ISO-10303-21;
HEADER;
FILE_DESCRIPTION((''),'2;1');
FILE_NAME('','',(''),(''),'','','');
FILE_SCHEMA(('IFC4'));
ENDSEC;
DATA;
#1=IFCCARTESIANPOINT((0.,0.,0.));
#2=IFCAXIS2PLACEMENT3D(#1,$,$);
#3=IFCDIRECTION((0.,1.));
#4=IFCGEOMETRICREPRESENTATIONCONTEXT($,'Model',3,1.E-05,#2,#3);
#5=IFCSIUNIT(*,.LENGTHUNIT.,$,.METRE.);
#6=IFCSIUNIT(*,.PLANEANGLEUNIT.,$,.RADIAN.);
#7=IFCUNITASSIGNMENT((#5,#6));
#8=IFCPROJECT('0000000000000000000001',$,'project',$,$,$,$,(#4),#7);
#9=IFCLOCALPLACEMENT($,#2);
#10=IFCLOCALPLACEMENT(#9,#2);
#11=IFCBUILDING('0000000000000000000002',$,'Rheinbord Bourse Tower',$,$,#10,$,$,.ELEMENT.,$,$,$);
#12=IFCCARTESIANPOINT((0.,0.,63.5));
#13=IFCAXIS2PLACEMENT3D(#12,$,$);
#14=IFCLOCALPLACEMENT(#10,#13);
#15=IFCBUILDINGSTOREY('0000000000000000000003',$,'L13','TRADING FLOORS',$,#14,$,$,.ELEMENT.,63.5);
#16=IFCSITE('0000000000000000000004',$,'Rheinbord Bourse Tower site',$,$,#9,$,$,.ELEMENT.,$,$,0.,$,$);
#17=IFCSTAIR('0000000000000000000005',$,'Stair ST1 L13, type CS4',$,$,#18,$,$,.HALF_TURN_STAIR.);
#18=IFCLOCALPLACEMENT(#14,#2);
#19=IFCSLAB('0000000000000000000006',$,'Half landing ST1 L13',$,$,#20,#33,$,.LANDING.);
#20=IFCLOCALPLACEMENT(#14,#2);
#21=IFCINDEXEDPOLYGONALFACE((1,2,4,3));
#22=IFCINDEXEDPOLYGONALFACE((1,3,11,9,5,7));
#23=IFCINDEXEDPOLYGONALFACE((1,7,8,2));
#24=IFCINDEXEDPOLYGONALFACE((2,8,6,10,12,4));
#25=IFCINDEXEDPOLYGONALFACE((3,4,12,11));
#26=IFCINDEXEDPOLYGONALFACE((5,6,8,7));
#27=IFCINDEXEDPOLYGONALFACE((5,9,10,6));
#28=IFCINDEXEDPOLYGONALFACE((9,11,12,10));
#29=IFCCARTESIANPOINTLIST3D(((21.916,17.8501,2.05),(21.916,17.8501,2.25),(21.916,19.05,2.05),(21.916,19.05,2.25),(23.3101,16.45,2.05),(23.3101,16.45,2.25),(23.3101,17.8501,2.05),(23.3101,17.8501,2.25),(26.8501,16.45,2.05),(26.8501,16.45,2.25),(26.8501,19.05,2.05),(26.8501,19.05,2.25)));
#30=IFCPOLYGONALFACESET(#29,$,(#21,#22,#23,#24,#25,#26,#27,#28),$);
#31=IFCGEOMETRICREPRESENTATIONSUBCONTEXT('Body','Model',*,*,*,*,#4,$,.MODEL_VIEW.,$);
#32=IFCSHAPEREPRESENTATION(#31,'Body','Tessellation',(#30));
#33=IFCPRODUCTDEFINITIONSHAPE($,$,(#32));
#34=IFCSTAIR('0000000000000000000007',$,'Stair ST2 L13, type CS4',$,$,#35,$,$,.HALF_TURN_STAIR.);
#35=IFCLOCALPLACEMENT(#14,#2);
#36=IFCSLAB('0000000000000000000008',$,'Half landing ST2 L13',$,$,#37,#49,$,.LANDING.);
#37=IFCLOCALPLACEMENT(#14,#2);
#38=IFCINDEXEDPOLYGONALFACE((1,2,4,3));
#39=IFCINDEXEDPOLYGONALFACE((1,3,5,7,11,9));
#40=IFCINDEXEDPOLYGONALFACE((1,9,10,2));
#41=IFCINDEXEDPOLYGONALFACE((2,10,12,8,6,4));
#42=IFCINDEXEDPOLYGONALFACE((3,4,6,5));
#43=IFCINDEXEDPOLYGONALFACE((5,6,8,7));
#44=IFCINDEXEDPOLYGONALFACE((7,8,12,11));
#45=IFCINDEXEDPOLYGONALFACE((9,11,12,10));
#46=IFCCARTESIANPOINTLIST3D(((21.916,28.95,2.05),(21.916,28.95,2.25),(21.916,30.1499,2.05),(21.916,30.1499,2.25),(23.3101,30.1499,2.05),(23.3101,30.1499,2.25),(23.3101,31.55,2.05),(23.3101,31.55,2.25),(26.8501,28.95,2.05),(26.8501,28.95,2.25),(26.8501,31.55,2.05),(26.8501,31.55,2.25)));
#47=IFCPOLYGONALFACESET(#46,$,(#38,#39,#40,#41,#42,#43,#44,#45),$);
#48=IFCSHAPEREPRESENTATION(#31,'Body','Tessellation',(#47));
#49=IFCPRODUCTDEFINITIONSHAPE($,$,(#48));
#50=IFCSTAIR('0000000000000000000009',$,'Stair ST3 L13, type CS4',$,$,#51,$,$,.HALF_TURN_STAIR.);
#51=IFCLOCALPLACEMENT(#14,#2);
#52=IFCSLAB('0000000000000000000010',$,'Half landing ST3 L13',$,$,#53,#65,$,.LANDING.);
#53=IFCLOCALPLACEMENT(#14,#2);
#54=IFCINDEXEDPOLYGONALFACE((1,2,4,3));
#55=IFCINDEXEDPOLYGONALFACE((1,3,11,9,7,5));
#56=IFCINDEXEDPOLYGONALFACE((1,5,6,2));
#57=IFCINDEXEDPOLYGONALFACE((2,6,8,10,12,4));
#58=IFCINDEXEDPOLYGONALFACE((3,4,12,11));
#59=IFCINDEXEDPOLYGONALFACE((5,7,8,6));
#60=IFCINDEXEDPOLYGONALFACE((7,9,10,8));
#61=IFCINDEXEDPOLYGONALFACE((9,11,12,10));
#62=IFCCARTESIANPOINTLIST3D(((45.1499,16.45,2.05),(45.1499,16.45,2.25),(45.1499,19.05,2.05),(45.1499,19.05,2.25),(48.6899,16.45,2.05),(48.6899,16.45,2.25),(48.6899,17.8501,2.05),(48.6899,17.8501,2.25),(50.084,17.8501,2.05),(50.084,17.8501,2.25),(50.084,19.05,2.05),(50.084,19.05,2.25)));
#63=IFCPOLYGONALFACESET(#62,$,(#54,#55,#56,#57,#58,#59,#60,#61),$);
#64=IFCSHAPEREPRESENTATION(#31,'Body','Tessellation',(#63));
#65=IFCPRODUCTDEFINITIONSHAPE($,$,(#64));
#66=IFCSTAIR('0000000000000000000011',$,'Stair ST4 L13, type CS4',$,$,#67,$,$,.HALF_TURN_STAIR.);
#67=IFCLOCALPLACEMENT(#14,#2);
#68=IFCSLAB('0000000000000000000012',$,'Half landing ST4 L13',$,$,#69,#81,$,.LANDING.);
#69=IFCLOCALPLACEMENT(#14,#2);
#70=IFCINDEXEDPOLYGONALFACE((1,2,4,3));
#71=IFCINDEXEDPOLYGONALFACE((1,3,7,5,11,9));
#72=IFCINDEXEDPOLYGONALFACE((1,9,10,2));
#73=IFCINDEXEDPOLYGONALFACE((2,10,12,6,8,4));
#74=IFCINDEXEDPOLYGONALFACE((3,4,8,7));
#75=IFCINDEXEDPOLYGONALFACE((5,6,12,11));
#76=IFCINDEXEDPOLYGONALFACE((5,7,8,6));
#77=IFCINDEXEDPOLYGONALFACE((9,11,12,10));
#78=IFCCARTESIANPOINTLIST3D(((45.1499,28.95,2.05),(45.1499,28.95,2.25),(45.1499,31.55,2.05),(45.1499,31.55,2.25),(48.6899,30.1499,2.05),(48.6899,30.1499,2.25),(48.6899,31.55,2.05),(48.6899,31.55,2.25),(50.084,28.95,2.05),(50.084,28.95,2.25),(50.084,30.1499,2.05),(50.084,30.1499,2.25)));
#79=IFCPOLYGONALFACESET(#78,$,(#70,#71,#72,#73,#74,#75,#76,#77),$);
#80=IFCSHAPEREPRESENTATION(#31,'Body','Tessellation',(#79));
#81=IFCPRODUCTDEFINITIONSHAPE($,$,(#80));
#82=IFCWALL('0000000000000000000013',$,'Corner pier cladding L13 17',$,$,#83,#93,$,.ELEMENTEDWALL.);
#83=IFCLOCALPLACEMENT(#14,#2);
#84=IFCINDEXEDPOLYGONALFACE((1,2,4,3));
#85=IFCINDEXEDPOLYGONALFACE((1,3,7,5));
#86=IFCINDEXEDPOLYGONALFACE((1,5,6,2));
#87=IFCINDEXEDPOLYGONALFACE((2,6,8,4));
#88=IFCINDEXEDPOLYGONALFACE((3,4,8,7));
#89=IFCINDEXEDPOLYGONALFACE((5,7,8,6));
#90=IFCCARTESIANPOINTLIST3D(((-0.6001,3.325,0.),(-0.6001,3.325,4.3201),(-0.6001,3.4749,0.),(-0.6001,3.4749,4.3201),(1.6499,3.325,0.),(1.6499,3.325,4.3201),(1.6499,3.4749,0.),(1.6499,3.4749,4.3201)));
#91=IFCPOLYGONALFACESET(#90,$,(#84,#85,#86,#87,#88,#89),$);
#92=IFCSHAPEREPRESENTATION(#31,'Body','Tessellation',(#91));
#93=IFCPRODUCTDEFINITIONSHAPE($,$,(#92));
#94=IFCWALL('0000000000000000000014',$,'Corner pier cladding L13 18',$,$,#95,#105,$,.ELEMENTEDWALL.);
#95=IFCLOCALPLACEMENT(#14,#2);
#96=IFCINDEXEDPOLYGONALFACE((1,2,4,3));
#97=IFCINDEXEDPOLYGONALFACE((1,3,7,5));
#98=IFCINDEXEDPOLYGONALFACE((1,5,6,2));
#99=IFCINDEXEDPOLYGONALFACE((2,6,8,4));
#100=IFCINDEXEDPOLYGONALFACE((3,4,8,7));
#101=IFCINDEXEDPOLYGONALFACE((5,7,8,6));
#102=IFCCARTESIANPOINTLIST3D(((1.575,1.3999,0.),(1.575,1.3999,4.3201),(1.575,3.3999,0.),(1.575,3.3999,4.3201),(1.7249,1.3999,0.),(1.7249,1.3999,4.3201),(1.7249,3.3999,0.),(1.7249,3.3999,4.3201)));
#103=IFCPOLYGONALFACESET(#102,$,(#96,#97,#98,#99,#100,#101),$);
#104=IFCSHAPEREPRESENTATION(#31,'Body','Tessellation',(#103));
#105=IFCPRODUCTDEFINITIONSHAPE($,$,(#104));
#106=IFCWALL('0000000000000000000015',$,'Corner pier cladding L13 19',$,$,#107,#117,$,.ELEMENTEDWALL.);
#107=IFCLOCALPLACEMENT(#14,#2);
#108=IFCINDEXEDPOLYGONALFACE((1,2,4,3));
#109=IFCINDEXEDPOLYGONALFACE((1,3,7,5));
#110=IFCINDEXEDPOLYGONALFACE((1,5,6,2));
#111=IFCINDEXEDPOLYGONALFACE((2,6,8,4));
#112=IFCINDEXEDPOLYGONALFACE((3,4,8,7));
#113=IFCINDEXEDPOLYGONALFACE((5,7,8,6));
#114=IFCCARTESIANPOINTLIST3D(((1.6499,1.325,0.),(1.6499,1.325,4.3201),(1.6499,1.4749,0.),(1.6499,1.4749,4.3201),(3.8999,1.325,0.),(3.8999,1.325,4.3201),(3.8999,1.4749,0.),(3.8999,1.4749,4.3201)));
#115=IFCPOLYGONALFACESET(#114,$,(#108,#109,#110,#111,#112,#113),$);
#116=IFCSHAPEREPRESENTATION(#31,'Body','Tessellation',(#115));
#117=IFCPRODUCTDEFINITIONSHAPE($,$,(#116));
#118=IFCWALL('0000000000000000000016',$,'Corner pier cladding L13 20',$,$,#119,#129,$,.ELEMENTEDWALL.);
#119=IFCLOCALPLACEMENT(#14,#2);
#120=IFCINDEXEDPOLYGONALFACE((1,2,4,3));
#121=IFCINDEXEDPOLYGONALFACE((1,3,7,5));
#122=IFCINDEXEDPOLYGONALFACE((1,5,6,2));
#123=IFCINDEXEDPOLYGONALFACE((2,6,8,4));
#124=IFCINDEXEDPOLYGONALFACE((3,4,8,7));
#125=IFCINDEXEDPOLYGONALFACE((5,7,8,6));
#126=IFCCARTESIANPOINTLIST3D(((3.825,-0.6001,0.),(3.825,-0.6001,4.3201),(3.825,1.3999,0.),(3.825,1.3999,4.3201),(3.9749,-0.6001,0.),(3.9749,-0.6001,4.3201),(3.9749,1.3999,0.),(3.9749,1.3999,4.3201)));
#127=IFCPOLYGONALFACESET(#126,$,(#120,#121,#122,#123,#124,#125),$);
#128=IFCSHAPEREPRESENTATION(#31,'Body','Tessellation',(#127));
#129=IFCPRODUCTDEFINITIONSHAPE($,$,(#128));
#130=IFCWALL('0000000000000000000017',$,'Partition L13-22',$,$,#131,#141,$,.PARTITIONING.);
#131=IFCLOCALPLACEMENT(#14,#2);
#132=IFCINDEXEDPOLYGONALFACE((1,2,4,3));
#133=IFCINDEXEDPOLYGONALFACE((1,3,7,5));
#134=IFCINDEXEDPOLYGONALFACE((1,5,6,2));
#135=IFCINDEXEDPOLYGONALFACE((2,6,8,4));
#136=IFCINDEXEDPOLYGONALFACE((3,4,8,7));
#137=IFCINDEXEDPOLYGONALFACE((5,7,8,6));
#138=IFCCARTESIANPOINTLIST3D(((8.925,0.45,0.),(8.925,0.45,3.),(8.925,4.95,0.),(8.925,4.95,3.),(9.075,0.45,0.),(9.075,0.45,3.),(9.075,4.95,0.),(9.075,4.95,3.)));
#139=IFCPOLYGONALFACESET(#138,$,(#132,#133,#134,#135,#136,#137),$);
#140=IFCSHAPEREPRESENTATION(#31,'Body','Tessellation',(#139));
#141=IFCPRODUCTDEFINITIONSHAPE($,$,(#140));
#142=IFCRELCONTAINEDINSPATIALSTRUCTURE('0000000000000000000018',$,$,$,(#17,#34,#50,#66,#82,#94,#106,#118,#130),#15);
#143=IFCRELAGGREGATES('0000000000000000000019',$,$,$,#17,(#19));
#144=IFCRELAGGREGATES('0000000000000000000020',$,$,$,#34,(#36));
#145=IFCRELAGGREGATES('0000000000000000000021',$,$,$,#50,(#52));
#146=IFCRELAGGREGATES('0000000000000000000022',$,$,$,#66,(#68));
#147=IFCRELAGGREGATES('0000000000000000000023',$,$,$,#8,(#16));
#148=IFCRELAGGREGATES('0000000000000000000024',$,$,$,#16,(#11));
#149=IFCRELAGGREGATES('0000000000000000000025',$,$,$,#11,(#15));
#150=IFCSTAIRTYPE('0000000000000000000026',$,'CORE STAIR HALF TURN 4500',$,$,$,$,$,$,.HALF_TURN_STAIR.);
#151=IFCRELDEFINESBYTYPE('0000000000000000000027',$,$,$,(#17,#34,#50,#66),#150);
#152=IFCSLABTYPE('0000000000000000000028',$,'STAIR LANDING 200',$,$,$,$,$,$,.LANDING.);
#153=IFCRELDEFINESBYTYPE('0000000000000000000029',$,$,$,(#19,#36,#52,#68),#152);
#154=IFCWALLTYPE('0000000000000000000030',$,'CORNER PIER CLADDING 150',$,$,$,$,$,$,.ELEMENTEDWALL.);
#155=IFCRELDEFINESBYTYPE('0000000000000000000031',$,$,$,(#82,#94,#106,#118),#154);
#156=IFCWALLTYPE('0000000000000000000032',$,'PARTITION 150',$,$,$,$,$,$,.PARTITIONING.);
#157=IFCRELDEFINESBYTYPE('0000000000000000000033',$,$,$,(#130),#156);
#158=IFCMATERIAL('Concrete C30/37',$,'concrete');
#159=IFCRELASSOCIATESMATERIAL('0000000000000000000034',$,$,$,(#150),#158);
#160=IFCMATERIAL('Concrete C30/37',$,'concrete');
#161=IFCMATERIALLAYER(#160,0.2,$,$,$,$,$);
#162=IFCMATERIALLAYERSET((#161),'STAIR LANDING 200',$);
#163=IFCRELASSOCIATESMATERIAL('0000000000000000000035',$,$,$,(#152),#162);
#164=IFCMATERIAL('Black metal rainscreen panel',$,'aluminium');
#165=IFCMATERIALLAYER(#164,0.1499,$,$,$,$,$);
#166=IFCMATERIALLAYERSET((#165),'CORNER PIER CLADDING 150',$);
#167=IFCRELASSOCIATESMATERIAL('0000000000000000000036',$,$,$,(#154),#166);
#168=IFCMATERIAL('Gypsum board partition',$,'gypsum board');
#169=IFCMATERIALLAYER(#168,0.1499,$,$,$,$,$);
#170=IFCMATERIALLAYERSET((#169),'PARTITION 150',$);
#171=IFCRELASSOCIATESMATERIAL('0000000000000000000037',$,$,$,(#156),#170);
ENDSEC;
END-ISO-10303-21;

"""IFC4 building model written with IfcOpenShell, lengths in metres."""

from ifc_helpers import new_model, si_unit, direction, frame, frame_2d, origin, place, context, subcontext, project, spatial, polyline, rectangle, outline, extrude, material, layer, layer_set, type_object, element, aggregate, save


model = new_model("IFC4")

# Units and contexts
model_context = context("Model", 3, precision=1e-05, world=origin(), true_north=direction((0.0, 1.0)))
body_context = subcontext(model_context, "Body", "Model", "MODEL_VIEW")
ifc_project = project(units=[si_unit("LENGTHUNIT", "METRE"), si_unit("PLANEANGLEUNIT", "RADIAN")], contexts=[model_context])

# Site, building, storey
site_placement = place(None, origin())
site = spatial("IfcSite", under=ifc_project, at=site_placement, Name="Rheinbord Bourse Tower site", CompositionType="ELEMENT", RefElevation=0.0)
building_placement = place(site_placement, origin())
building = spatial("IfcBuilding", under=site, at=building_placement, Name="Rheinbord Bourse Tower", CompositionType="ELEMENT")
storey_placement = place(building_placement, frame((0.0, 0.0, 63.5)))
storey = spatial("IfcBuildingStorey", under=building, at=storey_placement, Name="L13", Description="TRADING FLOORS", CompositionType="ELEMENT", Elevation=63.5)

# Stairs, slabs
ifc_material_1 = material(Name="Concrete C30/37", Category="concrete")
stair_type = type_object("IfcStairType", Name="CORE STAIR HALF TURN 4500", PredefinedType="HALF_TURN_STAIR", material=ifc_material_1)
stair_1_placement = place(storey_placement, origin())
stair_1 = element("IfcStair", 1, at=stair_1_placement, inside=storey, type_object=stair_type, Name="Stair ST1 L13, type CS4", PredefinedType="HALF_TURN_STAIR")
ifc_material_2 = material(Name="Concrete C30/37", Category="concrete")
ifc_layer_1 = layer(ifc_material_2, 0.2)
ifc_layer_set_1 = layer_set([ifc_layer_1], Name="STAIR LANDING 200")
slab_type_1 = type_object("IfcSlabType", Name="STAIR LANDING 200", PredefinedType="LANDING", material=ifc_layer_set_1)
slab_1_placement = place(storey_placement, frame((0.0, 0.0, 2.05)))
slab_1 = element("IfcSlab", 2, at=slab_1_placement, type_object=slab_type_1, Name="Half landing ST1 L13", PredefinedType="LANDING", context=body_context, shape_type="SweptSolid", body=[
    extrude(outline(polyline([(23.3101, 16.45), (26.8501, 16.45), (26.8501, 19.05), (21.916, 19.05), (21.916, 17.8501), (23.3101, 17.8501), (23.3101, 16.45)])), origin(), (0.0, 0.0, 1.0), 0.2),
])
aggregate(stair_1, [slab_1])
stair_2_placement = place(storey_placement, origin())
stair_2 = element("IfcStair", 3, at=stair_2_placement, inside=storey, type_object=stair_type, Name="Stair ST2 L13, type CS4", PredefinedType="HALF_TURN_STAIR")
slab_2_placement = place(storey_placement, frame((0.0, 0.0, 2.05)))
slab_2 = element("IfcSlab", 4, at=slab_2_placement, type_object=slab_type_1, Name="Half landing ST2 L13", PredefinedType="LANDING", context=body_context, shape_type="SweptSolid", body=[
    extrude(outline(polyline([(21.916, 28.95), (26.8501, 28.95), (26.8501, 31.55), (23.3101, 31.55), (23.3101, 30.1499), (21.916, 30.1499), (21.916, 28.95)])), origin(), (0.0, 0.0, 1.0), 0.2),
])
aggregate(stair_2, [slab_2])
stair_3_placement = place(storey_placement, origin())
stair_3 = element("IfcStair", 5, at=stair_3_placement, inside=storey, type_object=stair_type, Name="Stair ST3 L13, type CS4", PredefinedType="HALF_TURN_STAIR")
slab_3_placement = place(storey_placement, frame((0.0, 0.0, 2.05)))
slab_3 = element("IfcSlab", 6, at=slab_3_placement, type_object=slab_type_1, Name="Half landing ST3 L13", PredefinedType="LANDING", context=body_context, shape_type="SweptSolid", body=[
    extrude(outline(polyline([(45.1499, 16.45), (48.6899, 16.45), (48.6899, 17.8501), (50.084, 17.8501), (50.084, 19.05), (45.1499, 19.05), (45.1499, 16.45)])), origin(), (0.0, 0.0, 1.0), 0.2),
])
aggregate(stair_3, [slab_3])
stair_4_placement = place(storey_placement, origin())
stair_4 = element("IfcStair", 7, at=stair_4_placement, inside=storey, type_object=stair_type, Name="Stair ST4 L13, type CS4", PredefinedType="HALF_TURN_STAIR")
slab_4_placement = place(storey_placement, frame((0.0, 0.0, 2.05)))
slab_4 = element("IfcSlab", 8, at=slab_4_placement, type_object=slab_type_1, Name="Half landing ST4 L13", PredefinedType="LANDING", context=body_context, shape_type="SweptSolid", body=[
    extrude(outline(polyline([(45.1499, 28.95), (50.084, 28.95), (50.084, 30.1499), (48.6899, 30.1499), (48.6899, 31.55), (45.1499, 31.55), (45.1499, 28.95)])), origin(), (0.0, 0.0, 1.0), 0.2),
])
aggregate(stair_4, [slab_4])

# Walls
ifc_material_3 = material(Name="Black metal rainscreen panel", Category="aluminium")
ifc_layer_2 = layer(ifc_material_3, 0.1499)
ifc_layer_set_2 = layer_set([ifc_layer_2], Name="CORNER PIER CLADDING 150")
wall_type_1 = type_object("IfcWallType", Name="CORNER PIER CLADDING 150", PredefinedType="ELEMENTEDWALL", material=ifc_layer_set_2)
wall_1_placement = place(storey_placement, frame((-0.6001, 3.3999, 0.0), z_axis=(0.0, 0.0, 1.0), x_axis=(1.0, 0.0, 0.0)))
element("IfcWall", 9, at=wall_1_placement, inside=storey, type_object=wall_type_1, Name="Corner pier cladding L13 17", PredefinedType="ELEMENTEDWALL", context=body_context, shape_type="SweptSolid", body=[
    extrude(rectangle(XDim=2.25, YDim=0.1499, at=frame_2d((1.125, 0.0))), origin(), (0.0, 0.0, 1.0), 4.3201),
])
wall_2_placement = place(storey_placement, frame((1.6499, 3.3999, 0.0), z_axis=(0.0, 0.0, 1.0), x_axis=(0.0, -1.0, 0.0)))
element("IfcWall", 10, at=wall_2_placement, inside=storey, type_object=wall_type_1, Name="Corner pier cladding L13 18", PredefinedType="ELEMENTEDWALL", context=body_context, shape_type="SweptSolid", body=[
    extrude(rectangle(XDim=2.0, YDim=0.1499, at=frame_2d((1.0, 0.0))), origin(), (0.0, 0.0, 1.0), 4.3201),
])
wall_3_placement = place(storey_placement, frame((1.6499, 1.3999, 0.0), z_axis=(0.0, 0.0, 1.0), x_axis=(1.0, 0.0, 0.0)))
element("IfcWall", 11, at=wall_3_placement, inside=storey, type_object=wall_type_1, Name="Corner pier cladding L13 19", PredefinedType="ELEMENTEDWALL", context=body_context, shape_type="SweptSolid", body=[
    extrude(rectangle(XDim=2.25, YDim=0.1499, at=frame_2d((1.125, 0.0))), origin(), (0.0, 0.0, 1.0), 4.3201),
])
wall_4_placement = place(storey_placement, frame((3.8999, 1.3999, 0.0), z_axis=(0.0, 0.0, 1.0), x_axis=(0.0, -1.0, 0.0)))
element("IfcWall", 12, at=wall_4_placement, inside=storey, type_object=wall_type_1, Name="Corner pier cladding L13 20", PredefinedType="ELEMENTEDWALL", context=body_context, shape_type="SweptSolid", body=[
    extrude(rectangle(XDim=2.0, YDim=0.1499, at=frame_2d((1.0, 0.0))), origin(), (0.0, 0.0, 1.0), 4.3201),
])
ifc_material_4 = material(Name="Gypsum board partition", Category="gypsum board")
ifc_layer_3 = layer(ifc_material_4, 0.1499)
ifc_layer_set_3 = layer_set([ifc_layer_3], Name="PARTITION 150")
wall_type_2 = type_object("IfcWallType", Name="PARTITION 150", PredefinedType="PARTITIONING", material=ifc_layer_set_3)
wall_5_placement = place(storey_placement, frame((9.0, 0.45, 0.0), z_axis=(0.0, 0.0, 1.0), x_axis=(0.0, 1.0, 0.0)))
element("IfcWall", 13, at=wall_5_placement, inside=storey, type_object=wall_type_2, Name="Partition L13-22", PredefinedType="PARTITIONING", context=body_context, shape_type="SweptSolid", body=[
    extrude(rectangle(XDim=4.5, YDim=0.1499, at=frame_2d((2.25, 0.0))), origin(), (0.0, 0.0, 1.0), 3.0),
])

save(model, "model.ifc")
